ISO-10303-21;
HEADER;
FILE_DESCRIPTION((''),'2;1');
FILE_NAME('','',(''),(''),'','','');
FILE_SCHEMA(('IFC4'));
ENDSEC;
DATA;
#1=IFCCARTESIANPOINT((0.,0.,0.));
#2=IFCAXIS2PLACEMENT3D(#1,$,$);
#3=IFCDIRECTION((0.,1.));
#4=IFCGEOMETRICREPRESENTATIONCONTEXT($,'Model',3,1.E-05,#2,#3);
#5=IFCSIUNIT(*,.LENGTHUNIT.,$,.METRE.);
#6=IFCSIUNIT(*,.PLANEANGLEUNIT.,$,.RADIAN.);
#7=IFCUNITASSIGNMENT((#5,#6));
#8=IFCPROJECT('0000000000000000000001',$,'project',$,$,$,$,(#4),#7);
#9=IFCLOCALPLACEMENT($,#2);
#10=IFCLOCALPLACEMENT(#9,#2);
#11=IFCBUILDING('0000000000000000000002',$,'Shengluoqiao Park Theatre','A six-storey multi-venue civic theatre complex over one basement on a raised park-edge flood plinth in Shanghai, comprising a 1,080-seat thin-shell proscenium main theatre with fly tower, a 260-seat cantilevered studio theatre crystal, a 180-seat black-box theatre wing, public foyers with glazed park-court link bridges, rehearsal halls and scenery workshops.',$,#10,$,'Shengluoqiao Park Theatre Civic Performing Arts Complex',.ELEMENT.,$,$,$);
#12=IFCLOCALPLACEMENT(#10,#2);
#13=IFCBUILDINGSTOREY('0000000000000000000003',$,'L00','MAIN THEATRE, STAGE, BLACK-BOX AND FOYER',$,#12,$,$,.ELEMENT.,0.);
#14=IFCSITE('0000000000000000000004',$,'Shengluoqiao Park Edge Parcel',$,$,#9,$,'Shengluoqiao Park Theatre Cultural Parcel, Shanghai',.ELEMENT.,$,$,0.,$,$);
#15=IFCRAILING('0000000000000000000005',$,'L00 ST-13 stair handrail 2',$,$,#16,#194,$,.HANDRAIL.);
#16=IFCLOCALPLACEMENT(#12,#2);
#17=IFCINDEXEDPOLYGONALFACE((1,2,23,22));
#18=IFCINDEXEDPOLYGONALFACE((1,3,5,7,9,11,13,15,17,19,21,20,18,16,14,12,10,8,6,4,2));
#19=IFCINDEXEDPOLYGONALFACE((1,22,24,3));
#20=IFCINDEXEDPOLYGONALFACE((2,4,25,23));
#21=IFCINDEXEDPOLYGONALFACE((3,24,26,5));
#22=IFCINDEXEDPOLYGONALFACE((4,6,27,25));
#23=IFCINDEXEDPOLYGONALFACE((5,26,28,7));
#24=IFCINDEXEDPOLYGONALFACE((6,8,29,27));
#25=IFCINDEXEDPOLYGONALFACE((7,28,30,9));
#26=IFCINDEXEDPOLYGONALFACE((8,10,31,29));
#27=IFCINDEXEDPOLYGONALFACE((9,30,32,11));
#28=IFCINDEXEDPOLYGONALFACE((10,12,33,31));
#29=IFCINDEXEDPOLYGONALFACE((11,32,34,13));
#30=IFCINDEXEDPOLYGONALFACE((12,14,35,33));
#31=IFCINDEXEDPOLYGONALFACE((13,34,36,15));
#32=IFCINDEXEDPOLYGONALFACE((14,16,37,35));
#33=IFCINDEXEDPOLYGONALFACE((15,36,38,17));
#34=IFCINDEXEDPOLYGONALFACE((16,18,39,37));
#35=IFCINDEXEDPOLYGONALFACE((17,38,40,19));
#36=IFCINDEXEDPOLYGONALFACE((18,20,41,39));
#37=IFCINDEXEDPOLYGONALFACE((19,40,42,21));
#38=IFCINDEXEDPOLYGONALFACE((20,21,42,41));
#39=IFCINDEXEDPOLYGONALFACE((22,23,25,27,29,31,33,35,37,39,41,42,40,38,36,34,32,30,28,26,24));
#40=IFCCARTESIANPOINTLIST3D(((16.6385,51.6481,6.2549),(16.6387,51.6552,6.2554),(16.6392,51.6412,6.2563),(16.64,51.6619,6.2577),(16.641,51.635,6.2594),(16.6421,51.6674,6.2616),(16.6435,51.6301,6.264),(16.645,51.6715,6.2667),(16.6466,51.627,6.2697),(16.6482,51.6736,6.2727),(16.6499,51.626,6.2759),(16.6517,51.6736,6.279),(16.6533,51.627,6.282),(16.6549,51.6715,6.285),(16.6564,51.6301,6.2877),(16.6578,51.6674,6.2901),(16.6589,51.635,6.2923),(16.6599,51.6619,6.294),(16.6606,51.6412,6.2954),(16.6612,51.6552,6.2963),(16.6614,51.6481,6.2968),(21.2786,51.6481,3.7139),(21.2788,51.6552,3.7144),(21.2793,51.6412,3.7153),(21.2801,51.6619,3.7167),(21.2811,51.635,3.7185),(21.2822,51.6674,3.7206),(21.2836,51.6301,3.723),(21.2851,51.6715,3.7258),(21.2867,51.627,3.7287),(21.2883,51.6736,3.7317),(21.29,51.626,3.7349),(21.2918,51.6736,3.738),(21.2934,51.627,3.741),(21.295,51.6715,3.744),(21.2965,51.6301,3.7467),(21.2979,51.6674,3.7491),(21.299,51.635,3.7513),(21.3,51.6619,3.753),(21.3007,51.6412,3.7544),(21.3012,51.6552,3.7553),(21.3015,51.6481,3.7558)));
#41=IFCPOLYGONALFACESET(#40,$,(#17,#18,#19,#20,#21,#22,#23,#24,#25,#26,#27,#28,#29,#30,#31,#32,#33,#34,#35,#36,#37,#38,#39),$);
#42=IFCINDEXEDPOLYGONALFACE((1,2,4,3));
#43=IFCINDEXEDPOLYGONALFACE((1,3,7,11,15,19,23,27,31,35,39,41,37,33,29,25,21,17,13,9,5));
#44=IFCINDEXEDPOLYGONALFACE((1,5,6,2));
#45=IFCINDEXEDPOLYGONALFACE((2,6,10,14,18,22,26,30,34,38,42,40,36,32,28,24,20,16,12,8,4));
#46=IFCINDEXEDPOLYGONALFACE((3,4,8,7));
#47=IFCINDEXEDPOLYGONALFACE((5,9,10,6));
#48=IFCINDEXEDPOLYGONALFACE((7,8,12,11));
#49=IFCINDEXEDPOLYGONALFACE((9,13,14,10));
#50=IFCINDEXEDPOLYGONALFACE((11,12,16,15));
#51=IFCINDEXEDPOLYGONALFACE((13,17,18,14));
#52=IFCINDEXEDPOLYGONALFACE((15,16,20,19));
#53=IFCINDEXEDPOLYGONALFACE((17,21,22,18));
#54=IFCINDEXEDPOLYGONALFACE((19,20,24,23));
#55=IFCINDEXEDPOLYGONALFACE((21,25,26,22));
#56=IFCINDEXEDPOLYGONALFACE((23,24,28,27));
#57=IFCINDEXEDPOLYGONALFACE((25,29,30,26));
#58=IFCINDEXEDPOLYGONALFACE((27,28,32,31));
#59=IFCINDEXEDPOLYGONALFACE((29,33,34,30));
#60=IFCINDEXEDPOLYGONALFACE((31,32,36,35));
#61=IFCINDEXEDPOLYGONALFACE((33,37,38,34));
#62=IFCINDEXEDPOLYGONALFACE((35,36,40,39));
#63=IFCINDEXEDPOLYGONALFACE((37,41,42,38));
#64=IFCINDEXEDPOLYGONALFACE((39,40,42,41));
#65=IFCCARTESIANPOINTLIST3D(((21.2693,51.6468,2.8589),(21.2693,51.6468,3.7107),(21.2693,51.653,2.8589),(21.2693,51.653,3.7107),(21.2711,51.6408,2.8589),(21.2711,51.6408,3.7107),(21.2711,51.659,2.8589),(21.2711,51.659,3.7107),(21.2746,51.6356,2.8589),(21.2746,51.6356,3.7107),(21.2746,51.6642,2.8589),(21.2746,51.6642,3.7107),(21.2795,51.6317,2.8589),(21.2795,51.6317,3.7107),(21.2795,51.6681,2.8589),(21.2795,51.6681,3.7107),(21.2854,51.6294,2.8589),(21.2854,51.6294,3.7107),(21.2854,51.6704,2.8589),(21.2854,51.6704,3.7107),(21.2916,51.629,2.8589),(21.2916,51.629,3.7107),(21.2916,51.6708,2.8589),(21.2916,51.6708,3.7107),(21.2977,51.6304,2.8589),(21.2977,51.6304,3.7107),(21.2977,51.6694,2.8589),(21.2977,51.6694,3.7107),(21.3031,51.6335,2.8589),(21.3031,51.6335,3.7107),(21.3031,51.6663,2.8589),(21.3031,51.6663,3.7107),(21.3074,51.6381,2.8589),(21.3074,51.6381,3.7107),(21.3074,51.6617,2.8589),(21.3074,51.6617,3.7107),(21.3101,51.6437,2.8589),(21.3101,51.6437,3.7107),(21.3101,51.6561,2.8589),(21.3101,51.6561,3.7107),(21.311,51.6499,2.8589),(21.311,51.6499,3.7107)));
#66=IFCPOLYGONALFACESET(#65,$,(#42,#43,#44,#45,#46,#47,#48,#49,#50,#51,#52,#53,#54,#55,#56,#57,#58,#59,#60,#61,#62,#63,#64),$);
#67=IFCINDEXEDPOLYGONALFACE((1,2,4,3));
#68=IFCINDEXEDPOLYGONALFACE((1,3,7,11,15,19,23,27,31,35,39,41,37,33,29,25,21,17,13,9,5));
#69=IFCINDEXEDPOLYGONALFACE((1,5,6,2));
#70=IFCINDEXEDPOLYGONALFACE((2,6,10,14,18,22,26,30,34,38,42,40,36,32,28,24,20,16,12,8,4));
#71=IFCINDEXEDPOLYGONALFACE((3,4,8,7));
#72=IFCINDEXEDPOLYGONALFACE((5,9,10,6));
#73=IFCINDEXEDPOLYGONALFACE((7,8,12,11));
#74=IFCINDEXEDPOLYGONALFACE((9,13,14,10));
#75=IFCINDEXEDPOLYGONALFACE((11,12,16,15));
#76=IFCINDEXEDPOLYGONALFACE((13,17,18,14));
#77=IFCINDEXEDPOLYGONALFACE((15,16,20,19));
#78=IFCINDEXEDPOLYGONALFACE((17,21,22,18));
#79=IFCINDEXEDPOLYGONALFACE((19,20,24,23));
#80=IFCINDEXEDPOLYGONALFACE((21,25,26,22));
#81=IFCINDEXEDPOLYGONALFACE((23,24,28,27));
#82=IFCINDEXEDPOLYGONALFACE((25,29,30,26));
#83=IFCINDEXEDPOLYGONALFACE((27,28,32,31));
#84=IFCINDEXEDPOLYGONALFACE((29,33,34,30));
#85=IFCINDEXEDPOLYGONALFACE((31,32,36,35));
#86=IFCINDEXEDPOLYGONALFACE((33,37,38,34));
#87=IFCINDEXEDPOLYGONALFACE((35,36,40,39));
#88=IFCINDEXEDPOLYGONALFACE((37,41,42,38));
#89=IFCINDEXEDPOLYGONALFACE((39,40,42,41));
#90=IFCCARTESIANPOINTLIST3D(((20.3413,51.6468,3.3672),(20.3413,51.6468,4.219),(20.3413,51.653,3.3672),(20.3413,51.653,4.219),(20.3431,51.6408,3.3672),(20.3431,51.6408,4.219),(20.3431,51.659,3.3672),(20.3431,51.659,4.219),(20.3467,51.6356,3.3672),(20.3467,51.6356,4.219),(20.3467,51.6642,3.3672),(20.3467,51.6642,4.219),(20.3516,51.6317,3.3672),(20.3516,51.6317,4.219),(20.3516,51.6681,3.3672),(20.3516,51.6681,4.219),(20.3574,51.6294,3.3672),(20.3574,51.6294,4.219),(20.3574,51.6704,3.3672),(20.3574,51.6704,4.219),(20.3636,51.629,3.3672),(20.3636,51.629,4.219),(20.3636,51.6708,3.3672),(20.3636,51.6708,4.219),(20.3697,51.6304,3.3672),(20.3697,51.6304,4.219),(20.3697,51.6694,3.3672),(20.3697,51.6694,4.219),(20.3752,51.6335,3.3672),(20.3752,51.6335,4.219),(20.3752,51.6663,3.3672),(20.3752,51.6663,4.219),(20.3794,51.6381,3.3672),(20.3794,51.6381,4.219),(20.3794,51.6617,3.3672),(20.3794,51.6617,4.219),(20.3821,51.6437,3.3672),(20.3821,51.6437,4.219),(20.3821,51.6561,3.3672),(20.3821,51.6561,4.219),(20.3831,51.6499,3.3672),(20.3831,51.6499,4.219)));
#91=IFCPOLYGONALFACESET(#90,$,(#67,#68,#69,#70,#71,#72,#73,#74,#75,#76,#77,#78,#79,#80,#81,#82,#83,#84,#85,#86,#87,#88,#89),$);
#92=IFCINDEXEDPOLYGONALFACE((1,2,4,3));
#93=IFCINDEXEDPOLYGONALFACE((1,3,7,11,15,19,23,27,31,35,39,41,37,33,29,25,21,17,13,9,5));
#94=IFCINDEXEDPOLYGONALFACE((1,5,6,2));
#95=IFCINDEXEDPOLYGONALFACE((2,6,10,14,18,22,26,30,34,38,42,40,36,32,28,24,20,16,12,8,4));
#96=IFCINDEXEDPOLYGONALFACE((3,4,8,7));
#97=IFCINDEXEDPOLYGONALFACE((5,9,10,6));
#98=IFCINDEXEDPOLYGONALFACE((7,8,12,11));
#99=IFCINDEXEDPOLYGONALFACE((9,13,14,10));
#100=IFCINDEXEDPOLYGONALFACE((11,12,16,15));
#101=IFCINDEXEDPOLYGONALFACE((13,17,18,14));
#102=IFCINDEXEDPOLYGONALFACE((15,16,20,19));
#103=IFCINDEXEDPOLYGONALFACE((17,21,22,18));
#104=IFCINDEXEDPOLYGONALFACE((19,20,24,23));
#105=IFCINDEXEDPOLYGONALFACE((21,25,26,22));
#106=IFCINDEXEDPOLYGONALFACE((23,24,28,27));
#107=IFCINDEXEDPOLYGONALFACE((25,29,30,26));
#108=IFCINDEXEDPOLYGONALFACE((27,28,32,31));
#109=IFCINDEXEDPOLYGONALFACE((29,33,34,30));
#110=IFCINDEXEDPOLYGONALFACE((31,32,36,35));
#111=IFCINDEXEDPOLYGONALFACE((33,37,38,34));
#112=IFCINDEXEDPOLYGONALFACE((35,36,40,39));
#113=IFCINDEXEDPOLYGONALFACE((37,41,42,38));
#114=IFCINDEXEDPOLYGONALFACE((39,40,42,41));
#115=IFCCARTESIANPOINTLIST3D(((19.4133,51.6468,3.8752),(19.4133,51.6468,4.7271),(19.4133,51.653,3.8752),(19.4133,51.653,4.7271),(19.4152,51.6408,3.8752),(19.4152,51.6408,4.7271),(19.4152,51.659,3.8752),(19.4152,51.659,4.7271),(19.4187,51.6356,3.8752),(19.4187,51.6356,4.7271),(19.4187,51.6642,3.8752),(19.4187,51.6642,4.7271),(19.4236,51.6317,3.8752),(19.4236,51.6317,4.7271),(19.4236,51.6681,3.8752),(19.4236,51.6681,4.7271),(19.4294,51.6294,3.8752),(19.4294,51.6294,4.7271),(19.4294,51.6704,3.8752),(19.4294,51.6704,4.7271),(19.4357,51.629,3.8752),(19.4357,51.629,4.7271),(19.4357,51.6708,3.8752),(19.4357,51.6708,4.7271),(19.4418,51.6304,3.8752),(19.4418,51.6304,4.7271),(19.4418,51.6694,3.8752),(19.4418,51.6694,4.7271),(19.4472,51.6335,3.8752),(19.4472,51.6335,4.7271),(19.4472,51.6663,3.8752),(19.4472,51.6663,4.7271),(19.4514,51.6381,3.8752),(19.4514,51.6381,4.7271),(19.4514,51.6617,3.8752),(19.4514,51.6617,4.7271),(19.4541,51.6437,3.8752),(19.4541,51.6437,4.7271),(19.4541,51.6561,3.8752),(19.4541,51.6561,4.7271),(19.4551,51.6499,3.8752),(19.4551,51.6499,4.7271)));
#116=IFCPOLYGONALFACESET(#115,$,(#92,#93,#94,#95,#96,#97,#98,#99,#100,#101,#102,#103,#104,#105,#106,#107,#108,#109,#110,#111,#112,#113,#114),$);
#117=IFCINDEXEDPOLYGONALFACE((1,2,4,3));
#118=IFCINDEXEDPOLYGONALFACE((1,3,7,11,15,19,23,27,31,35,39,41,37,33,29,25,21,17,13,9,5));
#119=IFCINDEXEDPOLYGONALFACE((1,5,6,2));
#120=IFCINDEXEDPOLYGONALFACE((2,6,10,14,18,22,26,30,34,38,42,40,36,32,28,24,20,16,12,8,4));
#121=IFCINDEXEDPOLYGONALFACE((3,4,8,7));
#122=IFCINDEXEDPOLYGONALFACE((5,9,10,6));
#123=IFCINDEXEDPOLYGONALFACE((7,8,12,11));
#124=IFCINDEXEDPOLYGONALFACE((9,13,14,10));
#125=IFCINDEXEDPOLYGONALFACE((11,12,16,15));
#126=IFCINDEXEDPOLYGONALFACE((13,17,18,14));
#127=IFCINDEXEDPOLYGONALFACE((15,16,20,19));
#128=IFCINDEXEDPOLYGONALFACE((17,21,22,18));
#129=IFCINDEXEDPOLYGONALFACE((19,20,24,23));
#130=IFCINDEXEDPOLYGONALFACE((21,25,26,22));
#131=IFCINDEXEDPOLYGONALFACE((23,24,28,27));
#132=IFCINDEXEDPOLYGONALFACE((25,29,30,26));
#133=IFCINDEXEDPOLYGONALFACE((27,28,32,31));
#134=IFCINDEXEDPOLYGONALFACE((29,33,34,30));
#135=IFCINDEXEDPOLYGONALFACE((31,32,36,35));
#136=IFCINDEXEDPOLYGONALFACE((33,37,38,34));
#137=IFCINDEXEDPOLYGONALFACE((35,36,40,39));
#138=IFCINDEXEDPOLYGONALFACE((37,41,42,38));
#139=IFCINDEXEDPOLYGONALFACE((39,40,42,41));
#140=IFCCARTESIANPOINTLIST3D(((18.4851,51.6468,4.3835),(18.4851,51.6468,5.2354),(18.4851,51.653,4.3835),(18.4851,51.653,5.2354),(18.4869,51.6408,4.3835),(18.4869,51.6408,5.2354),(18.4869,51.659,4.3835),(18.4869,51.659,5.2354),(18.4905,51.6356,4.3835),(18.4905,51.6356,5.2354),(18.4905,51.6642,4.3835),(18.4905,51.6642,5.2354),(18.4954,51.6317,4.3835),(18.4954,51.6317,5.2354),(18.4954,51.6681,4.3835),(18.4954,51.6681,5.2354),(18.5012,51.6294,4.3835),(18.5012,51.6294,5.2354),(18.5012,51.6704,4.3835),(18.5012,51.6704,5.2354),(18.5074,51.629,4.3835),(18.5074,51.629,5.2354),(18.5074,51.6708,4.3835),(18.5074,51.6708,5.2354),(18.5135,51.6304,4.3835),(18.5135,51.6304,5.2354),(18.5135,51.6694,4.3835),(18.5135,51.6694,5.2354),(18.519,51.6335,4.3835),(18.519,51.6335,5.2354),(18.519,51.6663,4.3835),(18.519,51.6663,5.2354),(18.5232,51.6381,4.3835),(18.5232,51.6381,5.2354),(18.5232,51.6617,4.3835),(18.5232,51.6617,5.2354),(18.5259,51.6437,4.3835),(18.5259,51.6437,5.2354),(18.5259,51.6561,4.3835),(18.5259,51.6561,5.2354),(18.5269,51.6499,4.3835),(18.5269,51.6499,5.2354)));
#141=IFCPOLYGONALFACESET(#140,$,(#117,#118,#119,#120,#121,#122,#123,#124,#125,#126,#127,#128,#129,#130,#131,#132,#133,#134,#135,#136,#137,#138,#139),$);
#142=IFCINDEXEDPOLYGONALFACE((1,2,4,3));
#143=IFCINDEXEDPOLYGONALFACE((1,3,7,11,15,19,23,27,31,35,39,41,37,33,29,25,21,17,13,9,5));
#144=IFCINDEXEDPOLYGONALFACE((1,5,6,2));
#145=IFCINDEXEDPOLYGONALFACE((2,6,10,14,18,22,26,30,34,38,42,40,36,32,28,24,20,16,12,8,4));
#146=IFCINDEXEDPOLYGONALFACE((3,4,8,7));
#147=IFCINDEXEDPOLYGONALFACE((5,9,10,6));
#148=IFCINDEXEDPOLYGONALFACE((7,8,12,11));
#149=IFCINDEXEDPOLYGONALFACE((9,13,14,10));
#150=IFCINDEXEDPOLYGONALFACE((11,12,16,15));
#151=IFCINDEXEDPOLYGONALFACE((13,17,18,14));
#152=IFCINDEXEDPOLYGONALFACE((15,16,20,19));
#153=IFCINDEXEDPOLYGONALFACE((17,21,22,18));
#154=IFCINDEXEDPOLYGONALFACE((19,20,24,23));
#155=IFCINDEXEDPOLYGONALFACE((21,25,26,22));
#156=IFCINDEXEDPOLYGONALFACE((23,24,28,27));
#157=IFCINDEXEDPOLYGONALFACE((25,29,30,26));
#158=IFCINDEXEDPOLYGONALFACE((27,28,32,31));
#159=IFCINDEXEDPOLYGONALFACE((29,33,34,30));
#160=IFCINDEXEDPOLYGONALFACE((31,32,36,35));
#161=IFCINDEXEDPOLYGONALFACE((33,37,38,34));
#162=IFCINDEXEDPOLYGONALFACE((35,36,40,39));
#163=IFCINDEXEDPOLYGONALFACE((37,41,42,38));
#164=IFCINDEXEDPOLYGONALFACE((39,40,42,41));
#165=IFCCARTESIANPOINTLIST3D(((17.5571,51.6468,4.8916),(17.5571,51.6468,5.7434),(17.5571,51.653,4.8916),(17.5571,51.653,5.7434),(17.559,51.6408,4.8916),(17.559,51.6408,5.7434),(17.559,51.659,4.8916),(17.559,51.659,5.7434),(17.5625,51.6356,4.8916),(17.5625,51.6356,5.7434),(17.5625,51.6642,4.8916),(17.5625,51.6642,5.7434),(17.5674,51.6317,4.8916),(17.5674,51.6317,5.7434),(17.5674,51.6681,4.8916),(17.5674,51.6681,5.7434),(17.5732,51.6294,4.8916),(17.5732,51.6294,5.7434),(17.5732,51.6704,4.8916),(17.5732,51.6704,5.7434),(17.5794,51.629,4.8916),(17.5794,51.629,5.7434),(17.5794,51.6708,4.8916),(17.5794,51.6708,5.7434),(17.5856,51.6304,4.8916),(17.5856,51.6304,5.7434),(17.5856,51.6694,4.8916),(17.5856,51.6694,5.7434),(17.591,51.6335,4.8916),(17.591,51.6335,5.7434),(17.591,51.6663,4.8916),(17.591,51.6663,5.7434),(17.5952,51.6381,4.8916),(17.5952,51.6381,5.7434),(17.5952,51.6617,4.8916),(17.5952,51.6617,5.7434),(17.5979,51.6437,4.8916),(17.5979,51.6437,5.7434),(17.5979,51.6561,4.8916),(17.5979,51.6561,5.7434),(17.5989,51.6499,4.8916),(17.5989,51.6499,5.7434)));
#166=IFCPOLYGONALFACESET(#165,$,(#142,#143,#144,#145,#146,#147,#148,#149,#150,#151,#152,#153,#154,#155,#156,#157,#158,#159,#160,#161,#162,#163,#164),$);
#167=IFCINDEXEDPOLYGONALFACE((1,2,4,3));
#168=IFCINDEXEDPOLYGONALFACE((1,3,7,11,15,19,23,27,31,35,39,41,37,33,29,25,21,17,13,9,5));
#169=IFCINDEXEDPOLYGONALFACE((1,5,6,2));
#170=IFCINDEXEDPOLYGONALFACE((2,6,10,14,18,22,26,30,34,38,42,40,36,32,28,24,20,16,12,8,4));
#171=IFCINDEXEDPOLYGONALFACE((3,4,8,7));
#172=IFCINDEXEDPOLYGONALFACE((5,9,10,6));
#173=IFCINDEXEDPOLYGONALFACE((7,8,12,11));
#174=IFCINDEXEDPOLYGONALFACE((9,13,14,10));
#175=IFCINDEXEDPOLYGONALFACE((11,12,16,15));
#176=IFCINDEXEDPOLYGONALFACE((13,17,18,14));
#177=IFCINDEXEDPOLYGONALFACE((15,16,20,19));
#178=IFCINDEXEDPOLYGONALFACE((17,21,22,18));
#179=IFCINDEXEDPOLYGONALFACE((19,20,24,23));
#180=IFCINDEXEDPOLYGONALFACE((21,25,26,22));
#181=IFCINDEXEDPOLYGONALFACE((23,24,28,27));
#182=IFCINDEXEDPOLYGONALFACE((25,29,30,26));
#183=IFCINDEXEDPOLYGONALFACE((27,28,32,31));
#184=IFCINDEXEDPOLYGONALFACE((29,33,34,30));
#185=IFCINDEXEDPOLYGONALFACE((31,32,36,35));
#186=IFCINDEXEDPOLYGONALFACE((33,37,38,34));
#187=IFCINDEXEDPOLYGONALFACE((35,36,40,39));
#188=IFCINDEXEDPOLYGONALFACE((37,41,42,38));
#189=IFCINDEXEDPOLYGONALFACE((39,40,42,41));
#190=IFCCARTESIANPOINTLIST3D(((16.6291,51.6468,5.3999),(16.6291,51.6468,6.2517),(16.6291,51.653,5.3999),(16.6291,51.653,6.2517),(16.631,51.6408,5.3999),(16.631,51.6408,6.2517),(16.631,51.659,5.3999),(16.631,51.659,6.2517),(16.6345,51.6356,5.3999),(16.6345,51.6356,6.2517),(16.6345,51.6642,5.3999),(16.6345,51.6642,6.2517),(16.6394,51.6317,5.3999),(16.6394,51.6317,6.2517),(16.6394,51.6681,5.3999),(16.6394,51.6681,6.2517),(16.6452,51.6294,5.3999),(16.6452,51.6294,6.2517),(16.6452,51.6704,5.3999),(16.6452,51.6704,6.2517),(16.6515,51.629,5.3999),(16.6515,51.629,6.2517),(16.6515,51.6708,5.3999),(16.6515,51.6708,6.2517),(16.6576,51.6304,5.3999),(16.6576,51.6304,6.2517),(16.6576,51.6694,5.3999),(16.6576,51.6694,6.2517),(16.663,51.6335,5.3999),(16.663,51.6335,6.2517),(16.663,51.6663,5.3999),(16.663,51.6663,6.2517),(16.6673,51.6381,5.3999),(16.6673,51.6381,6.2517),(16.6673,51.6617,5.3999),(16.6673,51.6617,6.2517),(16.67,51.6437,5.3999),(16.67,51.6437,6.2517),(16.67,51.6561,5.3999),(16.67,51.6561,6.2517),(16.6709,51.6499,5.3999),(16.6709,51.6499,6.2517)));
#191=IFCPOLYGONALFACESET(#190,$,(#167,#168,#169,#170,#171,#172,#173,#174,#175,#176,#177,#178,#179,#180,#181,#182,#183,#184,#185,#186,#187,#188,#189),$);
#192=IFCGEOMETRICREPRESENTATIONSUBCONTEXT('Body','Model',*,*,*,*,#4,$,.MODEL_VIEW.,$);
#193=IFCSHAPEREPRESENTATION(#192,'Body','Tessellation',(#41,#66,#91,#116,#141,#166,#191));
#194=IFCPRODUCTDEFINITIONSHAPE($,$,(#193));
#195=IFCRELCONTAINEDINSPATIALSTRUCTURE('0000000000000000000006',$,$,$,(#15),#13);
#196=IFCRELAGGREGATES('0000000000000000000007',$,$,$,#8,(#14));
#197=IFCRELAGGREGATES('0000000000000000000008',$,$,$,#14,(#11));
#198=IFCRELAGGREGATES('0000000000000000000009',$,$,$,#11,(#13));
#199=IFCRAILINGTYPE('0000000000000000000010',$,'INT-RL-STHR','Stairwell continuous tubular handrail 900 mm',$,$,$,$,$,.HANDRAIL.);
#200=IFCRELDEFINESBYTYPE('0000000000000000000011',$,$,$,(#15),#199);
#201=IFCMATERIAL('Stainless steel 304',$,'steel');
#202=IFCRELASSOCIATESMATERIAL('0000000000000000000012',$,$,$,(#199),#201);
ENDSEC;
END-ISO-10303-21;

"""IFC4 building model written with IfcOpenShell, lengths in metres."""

from ifc_helpers import new_model, si_unit, direction, frame, origin, origin_2d, place, context, subcontext, project, spatial, circle, extrude, material, type_object, element, save


model = new_model("IFC4")

# Units and contexts
model_context = context("Model", 3, precision=1e-05, world=origin(), true_north=direction((0.0, 1.0)))
body_context = subcontext(model_context, "Body", "Model", "MODEL_VIEW")
ifc_project = project(units=[si_unit("LENGTHUNIT", "METRE"), si_unit("PLANEANGLEUNIT", "RADIAN")], contexts=[model_context])

# Site, building, storey
site_placement = place(None, origin())
site = spatial("IfcSite", under=ifc_project, at=site_placement, Name="Shengluoqiao Park Edge Parcel", LongName="Shengluoqiao Park Theatre Cultural Parcel, Shanghai", CompositionType="ELEMENT", RefElevation=0.0)
building_placement = place(site_placement, origin())
building = spatial("IfcBuilding", under=site, at=building_placement, Name="Shengluoqiao Park Theatre", Description="A six-storey multi-venue civic theatre complex over one basement on a raised park-edge flood plinth in Shanghai, comprising a 1,080-seat thin-shell proscenium main theatre with fly tower, a 260-seat cantilevered studio theatre crystal, a 180-seat black-box theatre wing, public foyers with glazed park-court link bridges, rehearsal halls and scenery workshops.", LongName="Shengluoqiao Park Theatre Civic Performing Arts Complex", CompositionType="ELEMENT")
storey_placement = place(building_placement, origin())
storey = spatial("IfcBuildingStorey", under=building, at=storey_placement, Name="L00", Description="MAIN THEATRE, STAGE, BLACK-BOX AND FOYER", CompositionType="ELEMENT", Elevation=0.0)

# Railing
ifc_material_1 = material(Name="Stainless steel 304", Category="steel")
railing_type_1 = type_object("IfcRailingType", Name="INT-RL-STHR", Description="Stairwell continuous tubular handrail 900 mm", PredefinedType="HANDRAIL", material=ifc_material_1)
railing_1_placement = place(storey_placement, frame((21.29, 51.6499, 2.8589)))
element("IfcRailing", 1, at=railing_1_placement, inside=storey, type_object=railing_type_1, Name="L00 ST-13 stair handrail 2", PredefinedType="HANDRAIL", context=body_context, shape_type="SweptSolid", body=[
    extrude(circle(Radius=0.0239, at=origin_2d()), frame((0.0, 0.0, 0.876), z_axis=(-0.877097, 0.0, 0.480313), x_axis=(0.0, -1.0, 0.0)), (0.0, 0.0, 1.0), 5.2903),
    extrude(circle(Radius=0.021, at=origin_2d()), origin(), (0.0, 0.0, 1.0), 0.8518),
    extrude(circle(Radius=0.021, at=origin_2d()), frame((-0.928, 0.0, 0.5083)), (0.0, 0.0, 1.0), 0.8518),
    extrude(circle(Radius=0.021, at=origin_2d()), frame((-1.856, 0.0, 1.0164)), (0.0, 0.0, 1.0), 0.8518),
    extrude(circle(Radius=0.021, at=origin_2d()), frame((-2.7842, 0.0, 1.5247)), (0.0, 0.0, 1.0), 0.8518),
    extrude(circle(Radius=0.021, at=origin_2d()), frame((-3.7122, 0.0, 2.0327)), (0.0, 0.0, 1.0), 0.8518),
    extrude(circle(Radius=0.021, at=origin_2d()), frame((-4.6401, 0.0, 2.541)), (0.0, 0.0, 1.0), 0.8518),
])

save(model, "model.ifc")
